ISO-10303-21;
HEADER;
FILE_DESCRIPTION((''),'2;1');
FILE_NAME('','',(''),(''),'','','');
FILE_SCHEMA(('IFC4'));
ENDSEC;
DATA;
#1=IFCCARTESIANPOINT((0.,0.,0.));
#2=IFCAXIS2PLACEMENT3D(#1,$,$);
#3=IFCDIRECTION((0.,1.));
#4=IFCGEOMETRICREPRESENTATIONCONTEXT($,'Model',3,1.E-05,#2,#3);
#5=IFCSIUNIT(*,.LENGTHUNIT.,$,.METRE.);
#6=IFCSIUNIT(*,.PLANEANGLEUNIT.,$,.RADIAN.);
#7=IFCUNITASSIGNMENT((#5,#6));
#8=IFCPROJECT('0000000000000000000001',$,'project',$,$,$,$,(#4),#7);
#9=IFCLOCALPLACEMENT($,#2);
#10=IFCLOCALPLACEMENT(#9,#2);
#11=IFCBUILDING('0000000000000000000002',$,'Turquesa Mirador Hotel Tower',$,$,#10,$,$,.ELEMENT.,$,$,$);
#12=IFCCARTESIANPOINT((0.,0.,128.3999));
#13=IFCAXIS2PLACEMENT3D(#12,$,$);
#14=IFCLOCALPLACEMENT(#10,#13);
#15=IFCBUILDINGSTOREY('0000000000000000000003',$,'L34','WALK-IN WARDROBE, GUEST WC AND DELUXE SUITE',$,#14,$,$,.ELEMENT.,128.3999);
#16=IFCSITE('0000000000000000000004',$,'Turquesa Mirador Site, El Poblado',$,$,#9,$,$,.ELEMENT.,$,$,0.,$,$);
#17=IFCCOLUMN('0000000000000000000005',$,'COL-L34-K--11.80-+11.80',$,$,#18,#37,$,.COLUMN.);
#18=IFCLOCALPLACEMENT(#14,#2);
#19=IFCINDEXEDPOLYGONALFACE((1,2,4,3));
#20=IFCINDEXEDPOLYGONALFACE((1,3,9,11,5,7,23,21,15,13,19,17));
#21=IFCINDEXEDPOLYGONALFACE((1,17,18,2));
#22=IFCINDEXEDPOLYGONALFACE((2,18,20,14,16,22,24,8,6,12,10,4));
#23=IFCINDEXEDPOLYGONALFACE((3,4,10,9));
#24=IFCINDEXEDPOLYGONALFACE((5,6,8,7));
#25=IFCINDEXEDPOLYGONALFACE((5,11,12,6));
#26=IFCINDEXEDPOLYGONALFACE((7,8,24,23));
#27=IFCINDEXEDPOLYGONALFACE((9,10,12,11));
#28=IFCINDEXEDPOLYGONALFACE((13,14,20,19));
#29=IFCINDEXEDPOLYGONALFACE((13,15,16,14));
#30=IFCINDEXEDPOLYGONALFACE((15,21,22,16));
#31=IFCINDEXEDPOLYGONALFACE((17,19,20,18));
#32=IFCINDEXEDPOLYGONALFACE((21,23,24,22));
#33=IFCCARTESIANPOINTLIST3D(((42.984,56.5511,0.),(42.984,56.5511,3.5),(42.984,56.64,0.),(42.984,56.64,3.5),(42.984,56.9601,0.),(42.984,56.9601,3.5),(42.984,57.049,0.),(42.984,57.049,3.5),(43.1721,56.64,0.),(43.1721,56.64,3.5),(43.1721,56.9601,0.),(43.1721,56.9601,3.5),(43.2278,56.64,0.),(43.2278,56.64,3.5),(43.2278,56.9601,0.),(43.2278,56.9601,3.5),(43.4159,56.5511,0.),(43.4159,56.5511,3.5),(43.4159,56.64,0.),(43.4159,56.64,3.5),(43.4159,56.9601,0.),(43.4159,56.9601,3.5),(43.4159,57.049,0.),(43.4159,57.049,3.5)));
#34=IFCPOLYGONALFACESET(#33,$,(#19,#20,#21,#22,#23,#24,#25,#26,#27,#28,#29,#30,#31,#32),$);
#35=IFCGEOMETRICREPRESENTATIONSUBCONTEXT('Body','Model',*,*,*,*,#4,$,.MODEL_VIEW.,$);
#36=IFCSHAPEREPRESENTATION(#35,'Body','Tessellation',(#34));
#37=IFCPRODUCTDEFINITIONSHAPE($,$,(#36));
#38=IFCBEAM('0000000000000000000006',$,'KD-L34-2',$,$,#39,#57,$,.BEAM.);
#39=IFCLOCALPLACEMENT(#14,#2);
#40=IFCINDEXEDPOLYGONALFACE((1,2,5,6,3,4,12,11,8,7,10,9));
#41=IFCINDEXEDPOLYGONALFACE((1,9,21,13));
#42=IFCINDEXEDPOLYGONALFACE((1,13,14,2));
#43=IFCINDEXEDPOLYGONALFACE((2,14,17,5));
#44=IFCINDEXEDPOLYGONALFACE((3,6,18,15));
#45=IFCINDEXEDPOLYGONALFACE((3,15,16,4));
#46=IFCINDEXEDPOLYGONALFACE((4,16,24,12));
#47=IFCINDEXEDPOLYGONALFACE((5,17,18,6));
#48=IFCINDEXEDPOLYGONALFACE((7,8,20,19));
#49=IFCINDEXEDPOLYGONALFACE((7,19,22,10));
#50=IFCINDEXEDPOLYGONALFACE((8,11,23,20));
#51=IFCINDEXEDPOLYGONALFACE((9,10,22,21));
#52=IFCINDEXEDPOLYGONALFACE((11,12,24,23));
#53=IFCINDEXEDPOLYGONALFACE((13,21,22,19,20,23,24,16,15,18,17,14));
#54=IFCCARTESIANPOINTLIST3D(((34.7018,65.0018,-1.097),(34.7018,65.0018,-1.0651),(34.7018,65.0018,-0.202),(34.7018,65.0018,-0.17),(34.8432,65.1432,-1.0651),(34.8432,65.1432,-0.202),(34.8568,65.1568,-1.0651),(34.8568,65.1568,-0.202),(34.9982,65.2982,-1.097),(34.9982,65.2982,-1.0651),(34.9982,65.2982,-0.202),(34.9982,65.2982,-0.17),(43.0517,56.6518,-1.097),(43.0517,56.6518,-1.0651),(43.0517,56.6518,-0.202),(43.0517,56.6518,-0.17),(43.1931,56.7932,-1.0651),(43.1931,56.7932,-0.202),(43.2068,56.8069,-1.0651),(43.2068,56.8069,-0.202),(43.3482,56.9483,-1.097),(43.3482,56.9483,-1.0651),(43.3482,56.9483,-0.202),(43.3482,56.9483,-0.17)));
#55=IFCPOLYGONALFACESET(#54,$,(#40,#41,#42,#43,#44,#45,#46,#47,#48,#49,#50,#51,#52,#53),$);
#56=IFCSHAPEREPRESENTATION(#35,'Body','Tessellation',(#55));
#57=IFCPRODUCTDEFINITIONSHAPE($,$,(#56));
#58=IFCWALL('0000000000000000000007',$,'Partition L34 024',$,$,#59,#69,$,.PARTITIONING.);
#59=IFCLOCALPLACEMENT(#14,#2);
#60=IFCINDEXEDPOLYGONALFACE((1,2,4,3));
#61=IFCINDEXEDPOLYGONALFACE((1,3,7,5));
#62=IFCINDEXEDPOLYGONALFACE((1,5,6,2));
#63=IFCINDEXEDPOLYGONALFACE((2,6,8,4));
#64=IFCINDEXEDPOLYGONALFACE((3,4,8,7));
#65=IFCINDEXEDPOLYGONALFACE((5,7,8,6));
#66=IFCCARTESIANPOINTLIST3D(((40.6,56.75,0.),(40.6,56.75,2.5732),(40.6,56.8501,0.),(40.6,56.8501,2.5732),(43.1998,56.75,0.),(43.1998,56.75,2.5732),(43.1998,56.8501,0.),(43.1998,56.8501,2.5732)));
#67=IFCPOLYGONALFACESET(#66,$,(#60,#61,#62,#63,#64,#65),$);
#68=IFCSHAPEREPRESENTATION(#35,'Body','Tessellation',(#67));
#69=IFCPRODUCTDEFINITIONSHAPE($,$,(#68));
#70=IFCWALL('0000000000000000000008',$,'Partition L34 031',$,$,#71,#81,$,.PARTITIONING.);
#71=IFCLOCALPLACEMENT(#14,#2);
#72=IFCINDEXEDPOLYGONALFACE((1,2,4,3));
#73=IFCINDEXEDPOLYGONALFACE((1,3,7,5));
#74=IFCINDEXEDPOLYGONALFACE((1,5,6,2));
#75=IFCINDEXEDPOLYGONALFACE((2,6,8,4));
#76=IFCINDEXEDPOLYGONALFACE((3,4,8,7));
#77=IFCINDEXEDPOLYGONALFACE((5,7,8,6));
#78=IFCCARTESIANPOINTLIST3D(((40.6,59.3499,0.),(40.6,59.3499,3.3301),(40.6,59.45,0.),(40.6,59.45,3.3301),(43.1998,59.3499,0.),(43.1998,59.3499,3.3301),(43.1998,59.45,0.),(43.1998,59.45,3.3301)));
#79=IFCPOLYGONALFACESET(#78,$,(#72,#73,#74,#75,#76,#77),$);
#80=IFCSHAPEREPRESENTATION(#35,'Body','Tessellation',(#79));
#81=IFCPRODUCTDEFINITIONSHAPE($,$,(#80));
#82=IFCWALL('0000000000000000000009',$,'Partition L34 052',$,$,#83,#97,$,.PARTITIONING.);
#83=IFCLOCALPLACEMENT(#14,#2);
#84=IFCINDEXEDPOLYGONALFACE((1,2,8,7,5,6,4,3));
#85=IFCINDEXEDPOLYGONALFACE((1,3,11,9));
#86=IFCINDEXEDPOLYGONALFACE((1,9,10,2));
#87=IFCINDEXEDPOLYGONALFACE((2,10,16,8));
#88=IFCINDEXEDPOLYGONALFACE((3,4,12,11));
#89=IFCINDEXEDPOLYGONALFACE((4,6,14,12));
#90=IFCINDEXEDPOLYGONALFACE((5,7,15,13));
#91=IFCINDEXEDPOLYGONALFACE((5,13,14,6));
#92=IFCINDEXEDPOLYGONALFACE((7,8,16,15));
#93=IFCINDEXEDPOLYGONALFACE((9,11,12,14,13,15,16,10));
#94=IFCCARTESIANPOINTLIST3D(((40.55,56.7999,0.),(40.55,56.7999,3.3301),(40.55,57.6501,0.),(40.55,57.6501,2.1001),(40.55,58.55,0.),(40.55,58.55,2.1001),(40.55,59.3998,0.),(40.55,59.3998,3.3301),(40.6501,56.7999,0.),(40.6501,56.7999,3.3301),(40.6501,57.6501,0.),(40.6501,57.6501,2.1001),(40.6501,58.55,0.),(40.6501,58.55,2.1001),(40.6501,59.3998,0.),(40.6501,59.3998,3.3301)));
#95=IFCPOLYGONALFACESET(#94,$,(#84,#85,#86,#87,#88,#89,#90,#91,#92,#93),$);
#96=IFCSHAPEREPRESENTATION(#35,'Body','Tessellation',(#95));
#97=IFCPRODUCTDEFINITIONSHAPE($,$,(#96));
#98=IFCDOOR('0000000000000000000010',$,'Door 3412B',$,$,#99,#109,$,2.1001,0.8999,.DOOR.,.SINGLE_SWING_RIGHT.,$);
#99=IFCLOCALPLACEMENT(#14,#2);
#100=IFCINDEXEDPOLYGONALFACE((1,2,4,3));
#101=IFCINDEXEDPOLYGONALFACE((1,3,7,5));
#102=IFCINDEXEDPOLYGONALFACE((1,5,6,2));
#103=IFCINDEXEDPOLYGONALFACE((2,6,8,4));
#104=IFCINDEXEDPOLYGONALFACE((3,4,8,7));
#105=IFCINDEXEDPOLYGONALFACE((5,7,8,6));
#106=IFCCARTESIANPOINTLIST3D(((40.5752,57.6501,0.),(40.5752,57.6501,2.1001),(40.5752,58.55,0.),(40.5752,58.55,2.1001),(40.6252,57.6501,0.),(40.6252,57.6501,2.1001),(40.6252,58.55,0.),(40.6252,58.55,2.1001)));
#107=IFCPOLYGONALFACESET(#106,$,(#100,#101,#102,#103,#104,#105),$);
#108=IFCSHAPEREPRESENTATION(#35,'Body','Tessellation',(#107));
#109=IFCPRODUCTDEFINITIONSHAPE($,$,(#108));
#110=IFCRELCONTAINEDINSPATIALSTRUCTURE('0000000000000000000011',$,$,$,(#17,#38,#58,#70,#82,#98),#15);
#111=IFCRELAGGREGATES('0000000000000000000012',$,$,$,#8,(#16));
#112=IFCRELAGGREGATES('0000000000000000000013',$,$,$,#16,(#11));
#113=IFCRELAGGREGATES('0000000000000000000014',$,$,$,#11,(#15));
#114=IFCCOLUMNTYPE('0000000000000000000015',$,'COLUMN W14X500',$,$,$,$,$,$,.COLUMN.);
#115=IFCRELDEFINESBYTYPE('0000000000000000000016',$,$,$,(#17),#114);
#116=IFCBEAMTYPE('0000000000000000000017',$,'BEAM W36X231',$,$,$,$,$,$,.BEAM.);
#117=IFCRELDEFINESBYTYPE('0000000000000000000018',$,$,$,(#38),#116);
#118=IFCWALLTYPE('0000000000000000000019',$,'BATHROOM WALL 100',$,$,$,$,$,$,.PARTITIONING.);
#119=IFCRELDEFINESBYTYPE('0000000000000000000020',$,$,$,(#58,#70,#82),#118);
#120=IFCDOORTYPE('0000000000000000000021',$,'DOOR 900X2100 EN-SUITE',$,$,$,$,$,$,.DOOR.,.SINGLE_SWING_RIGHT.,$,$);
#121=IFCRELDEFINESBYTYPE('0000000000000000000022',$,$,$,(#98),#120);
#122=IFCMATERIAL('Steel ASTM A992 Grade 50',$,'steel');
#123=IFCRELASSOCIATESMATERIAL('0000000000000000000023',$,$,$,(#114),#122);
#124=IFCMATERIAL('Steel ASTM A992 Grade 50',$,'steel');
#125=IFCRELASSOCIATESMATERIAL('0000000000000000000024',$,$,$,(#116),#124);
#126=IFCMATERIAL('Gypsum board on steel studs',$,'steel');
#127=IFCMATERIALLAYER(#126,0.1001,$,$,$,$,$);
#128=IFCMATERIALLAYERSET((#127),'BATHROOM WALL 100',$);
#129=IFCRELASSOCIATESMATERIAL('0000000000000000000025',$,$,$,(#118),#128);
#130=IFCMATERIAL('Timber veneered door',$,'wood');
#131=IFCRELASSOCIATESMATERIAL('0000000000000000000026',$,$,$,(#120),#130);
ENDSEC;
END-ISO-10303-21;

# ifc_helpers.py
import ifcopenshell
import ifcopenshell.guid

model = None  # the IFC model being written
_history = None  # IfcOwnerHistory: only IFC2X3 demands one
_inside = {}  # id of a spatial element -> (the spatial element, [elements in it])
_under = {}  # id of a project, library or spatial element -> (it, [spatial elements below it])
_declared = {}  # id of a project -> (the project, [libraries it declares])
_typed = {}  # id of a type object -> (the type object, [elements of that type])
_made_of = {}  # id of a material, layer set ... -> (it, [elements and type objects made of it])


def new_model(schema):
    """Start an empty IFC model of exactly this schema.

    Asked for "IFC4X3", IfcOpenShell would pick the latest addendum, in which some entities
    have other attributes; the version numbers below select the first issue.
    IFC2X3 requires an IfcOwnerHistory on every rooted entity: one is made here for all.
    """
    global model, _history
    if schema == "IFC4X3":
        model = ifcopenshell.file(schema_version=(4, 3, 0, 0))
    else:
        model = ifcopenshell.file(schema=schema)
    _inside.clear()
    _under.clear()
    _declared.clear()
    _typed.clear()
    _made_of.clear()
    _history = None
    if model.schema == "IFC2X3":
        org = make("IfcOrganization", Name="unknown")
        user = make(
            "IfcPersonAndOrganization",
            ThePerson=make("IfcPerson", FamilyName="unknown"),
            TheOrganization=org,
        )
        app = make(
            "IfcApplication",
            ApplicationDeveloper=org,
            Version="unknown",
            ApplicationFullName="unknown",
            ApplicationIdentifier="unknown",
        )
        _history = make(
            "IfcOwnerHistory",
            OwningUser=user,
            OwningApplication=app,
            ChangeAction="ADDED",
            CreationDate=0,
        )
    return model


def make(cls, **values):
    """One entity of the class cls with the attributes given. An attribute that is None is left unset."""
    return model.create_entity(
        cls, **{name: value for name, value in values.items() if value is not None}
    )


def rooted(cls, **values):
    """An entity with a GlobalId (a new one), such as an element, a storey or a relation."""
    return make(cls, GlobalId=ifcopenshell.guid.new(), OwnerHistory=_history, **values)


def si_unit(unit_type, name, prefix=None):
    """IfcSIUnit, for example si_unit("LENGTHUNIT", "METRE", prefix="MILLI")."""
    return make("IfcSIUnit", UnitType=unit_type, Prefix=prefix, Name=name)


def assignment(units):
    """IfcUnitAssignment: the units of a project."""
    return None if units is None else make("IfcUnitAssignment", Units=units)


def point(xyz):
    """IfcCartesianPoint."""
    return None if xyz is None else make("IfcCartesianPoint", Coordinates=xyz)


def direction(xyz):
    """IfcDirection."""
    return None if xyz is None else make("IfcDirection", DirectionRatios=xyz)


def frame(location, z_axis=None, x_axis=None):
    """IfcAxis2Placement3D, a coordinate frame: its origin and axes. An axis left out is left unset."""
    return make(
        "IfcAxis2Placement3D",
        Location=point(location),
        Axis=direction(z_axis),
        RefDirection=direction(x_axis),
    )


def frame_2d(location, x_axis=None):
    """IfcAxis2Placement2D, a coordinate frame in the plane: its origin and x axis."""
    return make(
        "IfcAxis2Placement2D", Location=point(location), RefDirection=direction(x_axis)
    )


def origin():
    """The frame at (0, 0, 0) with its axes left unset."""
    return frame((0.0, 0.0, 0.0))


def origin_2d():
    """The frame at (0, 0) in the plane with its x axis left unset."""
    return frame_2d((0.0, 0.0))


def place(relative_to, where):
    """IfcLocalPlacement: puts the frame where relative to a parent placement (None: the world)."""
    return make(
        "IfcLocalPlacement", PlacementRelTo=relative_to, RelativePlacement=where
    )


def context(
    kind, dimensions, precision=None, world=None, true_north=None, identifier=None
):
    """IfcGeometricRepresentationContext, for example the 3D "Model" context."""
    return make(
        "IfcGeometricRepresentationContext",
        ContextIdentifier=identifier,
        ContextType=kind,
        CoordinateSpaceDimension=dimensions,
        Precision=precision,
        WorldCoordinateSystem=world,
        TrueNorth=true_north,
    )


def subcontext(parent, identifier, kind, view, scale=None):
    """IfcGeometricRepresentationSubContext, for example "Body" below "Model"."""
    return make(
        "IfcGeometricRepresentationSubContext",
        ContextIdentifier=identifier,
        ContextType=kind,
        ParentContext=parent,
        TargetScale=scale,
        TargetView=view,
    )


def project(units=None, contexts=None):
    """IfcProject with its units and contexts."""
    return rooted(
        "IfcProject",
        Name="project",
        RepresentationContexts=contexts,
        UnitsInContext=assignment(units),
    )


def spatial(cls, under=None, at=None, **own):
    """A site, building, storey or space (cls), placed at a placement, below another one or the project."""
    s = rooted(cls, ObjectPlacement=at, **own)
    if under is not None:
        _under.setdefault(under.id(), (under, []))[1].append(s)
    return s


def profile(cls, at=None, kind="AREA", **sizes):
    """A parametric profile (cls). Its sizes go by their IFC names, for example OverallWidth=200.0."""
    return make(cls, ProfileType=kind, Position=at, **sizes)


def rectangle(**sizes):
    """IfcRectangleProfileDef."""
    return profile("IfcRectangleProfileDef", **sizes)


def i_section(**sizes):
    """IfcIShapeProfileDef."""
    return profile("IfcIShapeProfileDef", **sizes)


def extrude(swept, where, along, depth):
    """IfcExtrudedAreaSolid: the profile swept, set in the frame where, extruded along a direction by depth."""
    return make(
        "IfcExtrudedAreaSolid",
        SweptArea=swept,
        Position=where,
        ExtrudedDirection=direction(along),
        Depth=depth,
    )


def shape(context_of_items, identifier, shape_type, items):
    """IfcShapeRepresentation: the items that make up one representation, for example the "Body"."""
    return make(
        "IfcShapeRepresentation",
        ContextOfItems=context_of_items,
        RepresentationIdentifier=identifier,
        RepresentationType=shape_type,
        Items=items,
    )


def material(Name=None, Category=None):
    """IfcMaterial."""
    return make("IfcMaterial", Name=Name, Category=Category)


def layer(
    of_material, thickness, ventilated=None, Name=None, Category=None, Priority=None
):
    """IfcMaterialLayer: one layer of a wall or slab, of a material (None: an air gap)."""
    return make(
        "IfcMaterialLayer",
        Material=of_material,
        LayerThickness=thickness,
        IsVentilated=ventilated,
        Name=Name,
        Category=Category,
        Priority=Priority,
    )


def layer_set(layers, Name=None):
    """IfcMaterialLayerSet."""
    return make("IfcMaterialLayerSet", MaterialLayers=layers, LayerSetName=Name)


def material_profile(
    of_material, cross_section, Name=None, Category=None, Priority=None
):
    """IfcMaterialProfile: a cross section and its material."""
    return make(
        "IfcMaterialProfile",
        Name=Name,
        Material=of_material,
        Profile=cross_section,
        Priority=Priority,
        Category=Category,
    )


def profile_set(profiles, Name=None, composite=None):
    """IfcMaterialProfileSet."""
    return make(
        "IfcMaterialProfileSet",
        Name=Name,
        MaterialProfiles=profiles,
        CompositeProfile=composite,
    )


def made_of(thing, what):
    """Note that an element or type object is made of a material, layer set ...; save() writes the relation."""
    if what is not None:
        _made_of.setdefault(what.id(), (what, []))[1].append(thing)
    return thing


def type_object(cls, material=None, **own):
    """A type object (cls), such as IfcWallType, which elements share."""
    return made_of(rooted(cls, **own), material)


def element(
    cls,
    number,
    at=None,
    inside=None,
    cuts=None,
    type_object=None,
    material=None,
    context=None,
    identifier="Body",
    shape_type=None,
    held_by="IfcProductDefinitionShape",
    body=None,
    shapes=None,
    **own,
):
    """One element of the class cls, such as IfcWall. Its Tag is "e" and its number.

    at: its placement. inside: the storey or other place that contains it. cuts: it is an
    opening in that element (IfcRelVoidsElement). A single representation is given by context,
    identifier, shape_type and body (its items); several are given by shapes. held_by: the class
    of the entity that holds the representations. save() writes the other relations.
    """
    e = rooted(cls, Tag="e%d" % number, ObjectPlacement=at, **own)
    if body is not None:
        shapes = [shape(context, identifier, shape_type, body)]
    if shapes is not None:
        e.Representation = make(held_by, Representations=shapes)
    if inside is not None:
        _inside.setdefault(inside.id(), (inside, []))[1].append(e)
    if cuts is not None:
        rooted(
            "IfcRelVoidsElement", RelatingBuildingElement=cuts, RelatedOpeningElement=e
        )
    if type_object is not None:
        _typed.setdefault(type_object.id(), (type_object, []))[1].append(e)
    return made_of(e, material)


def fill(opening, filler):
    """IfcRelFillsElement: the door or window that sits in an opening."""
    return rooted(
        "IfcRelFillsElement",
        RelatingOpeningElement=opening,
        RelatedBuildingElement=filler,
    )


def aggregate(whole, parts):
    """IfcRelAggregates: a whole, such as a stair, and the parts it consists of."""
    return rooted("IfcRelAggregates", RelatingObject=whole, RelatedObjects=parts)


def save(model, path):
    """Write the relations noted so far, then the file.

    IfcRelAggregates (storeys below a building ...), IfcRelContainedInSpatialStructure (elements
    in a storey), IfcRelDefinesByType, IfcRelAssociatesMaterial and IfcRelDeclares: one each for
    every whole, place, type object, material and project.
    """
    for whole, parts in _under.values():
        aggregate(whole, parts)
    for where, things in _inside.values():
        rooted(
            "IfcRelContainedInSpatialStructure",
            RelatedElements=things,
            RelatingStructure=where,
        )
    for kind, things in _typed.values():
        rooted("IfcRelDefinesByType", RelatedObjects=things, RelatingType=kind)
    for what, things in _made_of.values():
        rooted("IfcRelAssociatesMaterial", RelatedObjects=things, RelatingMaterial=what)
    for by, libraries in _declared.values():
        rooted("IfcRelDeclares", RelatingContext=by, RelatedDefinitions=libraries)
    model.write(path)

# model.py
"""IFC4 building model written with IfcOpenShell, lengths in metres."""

from ifc_helpers import new_model, si_unit, direction, frame, frame_2d, origin, origin_2d, place, context, subcontext, project, spatial, rectangle, i_section, extrude, material, layer, layer_set, material_profile, profile_set, type_object, element, fill, save


model = new_model("IFC4")

# Units and contexts
model_context = context("Model", 3, precision=1e-05, world=origin(), true_north=direction((0.0, 1.0)))
body_context = subcontext(model_context, "Body", "Model", "MODEL_VIEW")
ifc_project = project(units=[si_unit("LENGTHUNIT", "METRE"), si_unit("PLANEANGLEUNIT", "RADIAN")], contexts=[model_context])

# Site, building, storey
site_placement = place(None, origin())
site = spatial("IfcSite", under=ifc_project, at=site_placement, Name="Turquesa Mirador Site, El Poblado", CompositionType="ELEMENT", RefElevation=0.0)
building_placement = place(site_placement, origin())
building = spatial("IfcBuilding", under=site, at=building_placement, Name="Turquesa Mirador Hotel Tower", CompositionType="ELEMENT")
storey_placement = place(building_placement, frame((0.0, 0.0, 128.3999)))
storey = spatial("IfcBuildingStorey", under=building, at=storey_placement, Name="L34", Description="WALK-IN WARDROBE, GUEST WC AND DELUXE SUITE", CompositionType="ELEMENT", Elevation=128.3999)

# Column
ifc_material_1 = material(Name="Steel ASTM A992 Grade 50", Category="steel")
ifc_material_profile_1 = material_profile(ifc_material_1, i_section(OverallWidth=0.4319, OverallDepth=0.4978, WebThickness=0.0557, FlangeThickness=0.0889, at=origin_2d()), Name="W14X500")
ifc_profile_set_1 = profile_set([ifc_material_profile_1], Name="Steel ASTM A992 Grade 50")
column_type = type_object("IfcColumnType", Name="COLUMN W14X500", PredefinedType="COLUMN", material=ifc_profile_set_1)
column_placement = place(storey_placement, frame((43.2, 56.8, 0.0), z_axis=(0.0, 0.0, 1.0), x_axis=(1.0, 0.0, 0.0)))
element("IfcColumn", 1, at=column_placement, inside=storey, type_object=column_type, Name="COL-L34-K--11.80-+11.80", PredefinedType="COLUMN", context=body_context, shape_type="SweptSolid", body=[
    extrude(i_section(OverallWidth=0.4319, OverallDepth=0.4978, WebThickness=0.0557, FlangeThickness=0.0889, at=origin_2d()), origin(), (0.0, 0.0, 1.0), 3.5),
])

# Beam
ifc_material_2 = material(Name="Steel ASTM A992 Grade 50", Category="steel")
ifc_material_profile_2 = material_profile(ifc_material_2, i_section(OverallWidth=0.4192, OverallDepth=0.927, WebThickness=0.0193, FlangeThickness=0.032, at=origin_2d()), Name="W36X231")
ifc_profile_set_2 = profile_set([ifc_material_profile_2], Name="Steel ASTM A992 Grade 50")
beam_type = type_object("IfcBeamType", Name="BEAM W36X231", PredefinedType="BEAM", material=ifc_profile_set_2)
beam_placement = place(storey_placement, frame((43.2, 56.8, -0.6335), z_axis=(-0.707107, 0.707107, 0.0), x_axis=(-0.707107, -0.707107, 0.0)))
element("IfcBeam", 2, at=beam_placement, inside=storey, type_object=beam_type, Name="KD-L34-2", PredefinedType="BEAM", context=body_context, shape_type="SweptSolid", body=[
    extrude(i_section(OverallWidth=0.4192, OverallDepth=0.927, WebThickness=0.0193, FlangeThickness=0.032, at=origin_2d()), origin(), (0.0, 0.0, 1.0), 11.8086),
])

# Walls
ifc_material_3 = material(Name="Gypsum board on steel studs", Category="steel")
ifc_layer_1 = layer(ifc_material_3, 0.1001)
ifc_layer_set_1 = layer_set([ifc_layer_1], Name="BATHROOM WALL 100")
wall_type_1 = type_object("IfcWallType", Name="BATHROOM WALL 100", PredefinedType="PARTITIONING", material=ifc_layer_set_1)
wall_1_placement = place(storey_placement, frame((40.6001, 56.8, 0.0), z_axis=(0.0, 0.0, 1.0), x_axis=(1.0, 0.0, 0.0)))
element("IfcWall", 3, at=wall_1_placement, inside=storey, type_object=wall_type_1, Name="Partition L34 024", PredefinedType="PARTITIONING", context=body_context, shape_type="SweptSolid", body=[
    extrude(rectangle(XDim=2.5999, YDim=0.1001, at=frame_2d((1.2998, 0.0))), origin(), (0.0, 0.0, 1.0), 2.5732),
])
wall_2_placement = place(storey_placement, frame((40.6001, 59.3999, 0.0), z_axis=(0.0, 0.0, 1.0), x_axis=(1.0, 0.0, 0.0)))
element("IfcWall", 4, at=wall_2_placement, inside=storey, type_object=wall_type_1, Name="Partition L34 031", PredefinedType="PARTITIONING", context=body_context, shape_type="SweptSolid", body=[
    extrude(rectangle(XDim=2.5999, YDim=0.1001, at=frame_2d((1.2998, 0.0))), origin(), (0.0, 0.0, 1.0), 3.3301),
])

# Wall, opening, door
wall_3_placement = place(storey_placement, frame((40.6001, 56.8, 0.0), z_axis=(0.0, 0.0, 1.0), x_axis=(0.0, 1.0, 0.0)))
wall_3 = element("IfcWall", 5, at=wall_3_placement, inside=storey, type_object=wall_type_1, Name="Partition L34 052", PredefinedType="PARTITIONING", context=body_context, shape_type="SweptSolid", body=[
    extrude(rectangle(XDim=2.5999, YDim=0.1001, at=frame_2d((1.2998, 0.0))), origin(), (0.0, 0.0, 1.0), 3.3301),
])
opening_1_placement = place(wall_3_placement, frame((0.8501, 0.0, 0.0)))
opening_1 = element("IfcOpeningElement", 6, at=opening_1_placement, cuts=wall_3, PredefinedType="OPENING", context=body_context, shape_type="SweptSolid", body=[
    extrude(rectangle(XDim=0.8999, YDim=2.1001, at=frame_2d((0.45, 1.05))), frame((0.0, 0.0601, 0.0), z_axis=(0.0, -1.0, 0.0), x_axis=(1.0, 0.0, 0.0)), (0.0, 0.0, 1.0), 0.1201),
])
ifc_material_4 = material(Name="Timber veneered door", Category="wood")
door_type_1 = type_object("IfcDoorType", Name="DOOR 900X2100 EN-SUITE", OperationType="SINGLE_SWING_RIGHT", PredefinedType="DOOR", material=ifc_material_4)
door_1_placement = place(opening_1_placement, origin())
door_1 = element("IfcDoor", 7, at=door_1_placement, inside=storey, type_object=door_type_1, Name="Door 3412B", OperationType="SINGLE_SWING_RIGHT", OverallHeight=2.1001, OverallWidth=0.8999, PredefinedType="DOOR", context=body_context, shape_type="SweptSolid", body=[
    extrude(rectangle(XDim=0.8999, YDim=2.1001, at=frame_2d((0.45, 1.05))), frame((0.0, 0.0249, 0.0), z_axis=(0.0, -1.0, 0.0), x_axis=(1.0, 0.0, 0.0)), (0.0, 0.0, 1.0), 0.05),
])
fill(opening_1, door_1)

save(model, "model.ifc")
